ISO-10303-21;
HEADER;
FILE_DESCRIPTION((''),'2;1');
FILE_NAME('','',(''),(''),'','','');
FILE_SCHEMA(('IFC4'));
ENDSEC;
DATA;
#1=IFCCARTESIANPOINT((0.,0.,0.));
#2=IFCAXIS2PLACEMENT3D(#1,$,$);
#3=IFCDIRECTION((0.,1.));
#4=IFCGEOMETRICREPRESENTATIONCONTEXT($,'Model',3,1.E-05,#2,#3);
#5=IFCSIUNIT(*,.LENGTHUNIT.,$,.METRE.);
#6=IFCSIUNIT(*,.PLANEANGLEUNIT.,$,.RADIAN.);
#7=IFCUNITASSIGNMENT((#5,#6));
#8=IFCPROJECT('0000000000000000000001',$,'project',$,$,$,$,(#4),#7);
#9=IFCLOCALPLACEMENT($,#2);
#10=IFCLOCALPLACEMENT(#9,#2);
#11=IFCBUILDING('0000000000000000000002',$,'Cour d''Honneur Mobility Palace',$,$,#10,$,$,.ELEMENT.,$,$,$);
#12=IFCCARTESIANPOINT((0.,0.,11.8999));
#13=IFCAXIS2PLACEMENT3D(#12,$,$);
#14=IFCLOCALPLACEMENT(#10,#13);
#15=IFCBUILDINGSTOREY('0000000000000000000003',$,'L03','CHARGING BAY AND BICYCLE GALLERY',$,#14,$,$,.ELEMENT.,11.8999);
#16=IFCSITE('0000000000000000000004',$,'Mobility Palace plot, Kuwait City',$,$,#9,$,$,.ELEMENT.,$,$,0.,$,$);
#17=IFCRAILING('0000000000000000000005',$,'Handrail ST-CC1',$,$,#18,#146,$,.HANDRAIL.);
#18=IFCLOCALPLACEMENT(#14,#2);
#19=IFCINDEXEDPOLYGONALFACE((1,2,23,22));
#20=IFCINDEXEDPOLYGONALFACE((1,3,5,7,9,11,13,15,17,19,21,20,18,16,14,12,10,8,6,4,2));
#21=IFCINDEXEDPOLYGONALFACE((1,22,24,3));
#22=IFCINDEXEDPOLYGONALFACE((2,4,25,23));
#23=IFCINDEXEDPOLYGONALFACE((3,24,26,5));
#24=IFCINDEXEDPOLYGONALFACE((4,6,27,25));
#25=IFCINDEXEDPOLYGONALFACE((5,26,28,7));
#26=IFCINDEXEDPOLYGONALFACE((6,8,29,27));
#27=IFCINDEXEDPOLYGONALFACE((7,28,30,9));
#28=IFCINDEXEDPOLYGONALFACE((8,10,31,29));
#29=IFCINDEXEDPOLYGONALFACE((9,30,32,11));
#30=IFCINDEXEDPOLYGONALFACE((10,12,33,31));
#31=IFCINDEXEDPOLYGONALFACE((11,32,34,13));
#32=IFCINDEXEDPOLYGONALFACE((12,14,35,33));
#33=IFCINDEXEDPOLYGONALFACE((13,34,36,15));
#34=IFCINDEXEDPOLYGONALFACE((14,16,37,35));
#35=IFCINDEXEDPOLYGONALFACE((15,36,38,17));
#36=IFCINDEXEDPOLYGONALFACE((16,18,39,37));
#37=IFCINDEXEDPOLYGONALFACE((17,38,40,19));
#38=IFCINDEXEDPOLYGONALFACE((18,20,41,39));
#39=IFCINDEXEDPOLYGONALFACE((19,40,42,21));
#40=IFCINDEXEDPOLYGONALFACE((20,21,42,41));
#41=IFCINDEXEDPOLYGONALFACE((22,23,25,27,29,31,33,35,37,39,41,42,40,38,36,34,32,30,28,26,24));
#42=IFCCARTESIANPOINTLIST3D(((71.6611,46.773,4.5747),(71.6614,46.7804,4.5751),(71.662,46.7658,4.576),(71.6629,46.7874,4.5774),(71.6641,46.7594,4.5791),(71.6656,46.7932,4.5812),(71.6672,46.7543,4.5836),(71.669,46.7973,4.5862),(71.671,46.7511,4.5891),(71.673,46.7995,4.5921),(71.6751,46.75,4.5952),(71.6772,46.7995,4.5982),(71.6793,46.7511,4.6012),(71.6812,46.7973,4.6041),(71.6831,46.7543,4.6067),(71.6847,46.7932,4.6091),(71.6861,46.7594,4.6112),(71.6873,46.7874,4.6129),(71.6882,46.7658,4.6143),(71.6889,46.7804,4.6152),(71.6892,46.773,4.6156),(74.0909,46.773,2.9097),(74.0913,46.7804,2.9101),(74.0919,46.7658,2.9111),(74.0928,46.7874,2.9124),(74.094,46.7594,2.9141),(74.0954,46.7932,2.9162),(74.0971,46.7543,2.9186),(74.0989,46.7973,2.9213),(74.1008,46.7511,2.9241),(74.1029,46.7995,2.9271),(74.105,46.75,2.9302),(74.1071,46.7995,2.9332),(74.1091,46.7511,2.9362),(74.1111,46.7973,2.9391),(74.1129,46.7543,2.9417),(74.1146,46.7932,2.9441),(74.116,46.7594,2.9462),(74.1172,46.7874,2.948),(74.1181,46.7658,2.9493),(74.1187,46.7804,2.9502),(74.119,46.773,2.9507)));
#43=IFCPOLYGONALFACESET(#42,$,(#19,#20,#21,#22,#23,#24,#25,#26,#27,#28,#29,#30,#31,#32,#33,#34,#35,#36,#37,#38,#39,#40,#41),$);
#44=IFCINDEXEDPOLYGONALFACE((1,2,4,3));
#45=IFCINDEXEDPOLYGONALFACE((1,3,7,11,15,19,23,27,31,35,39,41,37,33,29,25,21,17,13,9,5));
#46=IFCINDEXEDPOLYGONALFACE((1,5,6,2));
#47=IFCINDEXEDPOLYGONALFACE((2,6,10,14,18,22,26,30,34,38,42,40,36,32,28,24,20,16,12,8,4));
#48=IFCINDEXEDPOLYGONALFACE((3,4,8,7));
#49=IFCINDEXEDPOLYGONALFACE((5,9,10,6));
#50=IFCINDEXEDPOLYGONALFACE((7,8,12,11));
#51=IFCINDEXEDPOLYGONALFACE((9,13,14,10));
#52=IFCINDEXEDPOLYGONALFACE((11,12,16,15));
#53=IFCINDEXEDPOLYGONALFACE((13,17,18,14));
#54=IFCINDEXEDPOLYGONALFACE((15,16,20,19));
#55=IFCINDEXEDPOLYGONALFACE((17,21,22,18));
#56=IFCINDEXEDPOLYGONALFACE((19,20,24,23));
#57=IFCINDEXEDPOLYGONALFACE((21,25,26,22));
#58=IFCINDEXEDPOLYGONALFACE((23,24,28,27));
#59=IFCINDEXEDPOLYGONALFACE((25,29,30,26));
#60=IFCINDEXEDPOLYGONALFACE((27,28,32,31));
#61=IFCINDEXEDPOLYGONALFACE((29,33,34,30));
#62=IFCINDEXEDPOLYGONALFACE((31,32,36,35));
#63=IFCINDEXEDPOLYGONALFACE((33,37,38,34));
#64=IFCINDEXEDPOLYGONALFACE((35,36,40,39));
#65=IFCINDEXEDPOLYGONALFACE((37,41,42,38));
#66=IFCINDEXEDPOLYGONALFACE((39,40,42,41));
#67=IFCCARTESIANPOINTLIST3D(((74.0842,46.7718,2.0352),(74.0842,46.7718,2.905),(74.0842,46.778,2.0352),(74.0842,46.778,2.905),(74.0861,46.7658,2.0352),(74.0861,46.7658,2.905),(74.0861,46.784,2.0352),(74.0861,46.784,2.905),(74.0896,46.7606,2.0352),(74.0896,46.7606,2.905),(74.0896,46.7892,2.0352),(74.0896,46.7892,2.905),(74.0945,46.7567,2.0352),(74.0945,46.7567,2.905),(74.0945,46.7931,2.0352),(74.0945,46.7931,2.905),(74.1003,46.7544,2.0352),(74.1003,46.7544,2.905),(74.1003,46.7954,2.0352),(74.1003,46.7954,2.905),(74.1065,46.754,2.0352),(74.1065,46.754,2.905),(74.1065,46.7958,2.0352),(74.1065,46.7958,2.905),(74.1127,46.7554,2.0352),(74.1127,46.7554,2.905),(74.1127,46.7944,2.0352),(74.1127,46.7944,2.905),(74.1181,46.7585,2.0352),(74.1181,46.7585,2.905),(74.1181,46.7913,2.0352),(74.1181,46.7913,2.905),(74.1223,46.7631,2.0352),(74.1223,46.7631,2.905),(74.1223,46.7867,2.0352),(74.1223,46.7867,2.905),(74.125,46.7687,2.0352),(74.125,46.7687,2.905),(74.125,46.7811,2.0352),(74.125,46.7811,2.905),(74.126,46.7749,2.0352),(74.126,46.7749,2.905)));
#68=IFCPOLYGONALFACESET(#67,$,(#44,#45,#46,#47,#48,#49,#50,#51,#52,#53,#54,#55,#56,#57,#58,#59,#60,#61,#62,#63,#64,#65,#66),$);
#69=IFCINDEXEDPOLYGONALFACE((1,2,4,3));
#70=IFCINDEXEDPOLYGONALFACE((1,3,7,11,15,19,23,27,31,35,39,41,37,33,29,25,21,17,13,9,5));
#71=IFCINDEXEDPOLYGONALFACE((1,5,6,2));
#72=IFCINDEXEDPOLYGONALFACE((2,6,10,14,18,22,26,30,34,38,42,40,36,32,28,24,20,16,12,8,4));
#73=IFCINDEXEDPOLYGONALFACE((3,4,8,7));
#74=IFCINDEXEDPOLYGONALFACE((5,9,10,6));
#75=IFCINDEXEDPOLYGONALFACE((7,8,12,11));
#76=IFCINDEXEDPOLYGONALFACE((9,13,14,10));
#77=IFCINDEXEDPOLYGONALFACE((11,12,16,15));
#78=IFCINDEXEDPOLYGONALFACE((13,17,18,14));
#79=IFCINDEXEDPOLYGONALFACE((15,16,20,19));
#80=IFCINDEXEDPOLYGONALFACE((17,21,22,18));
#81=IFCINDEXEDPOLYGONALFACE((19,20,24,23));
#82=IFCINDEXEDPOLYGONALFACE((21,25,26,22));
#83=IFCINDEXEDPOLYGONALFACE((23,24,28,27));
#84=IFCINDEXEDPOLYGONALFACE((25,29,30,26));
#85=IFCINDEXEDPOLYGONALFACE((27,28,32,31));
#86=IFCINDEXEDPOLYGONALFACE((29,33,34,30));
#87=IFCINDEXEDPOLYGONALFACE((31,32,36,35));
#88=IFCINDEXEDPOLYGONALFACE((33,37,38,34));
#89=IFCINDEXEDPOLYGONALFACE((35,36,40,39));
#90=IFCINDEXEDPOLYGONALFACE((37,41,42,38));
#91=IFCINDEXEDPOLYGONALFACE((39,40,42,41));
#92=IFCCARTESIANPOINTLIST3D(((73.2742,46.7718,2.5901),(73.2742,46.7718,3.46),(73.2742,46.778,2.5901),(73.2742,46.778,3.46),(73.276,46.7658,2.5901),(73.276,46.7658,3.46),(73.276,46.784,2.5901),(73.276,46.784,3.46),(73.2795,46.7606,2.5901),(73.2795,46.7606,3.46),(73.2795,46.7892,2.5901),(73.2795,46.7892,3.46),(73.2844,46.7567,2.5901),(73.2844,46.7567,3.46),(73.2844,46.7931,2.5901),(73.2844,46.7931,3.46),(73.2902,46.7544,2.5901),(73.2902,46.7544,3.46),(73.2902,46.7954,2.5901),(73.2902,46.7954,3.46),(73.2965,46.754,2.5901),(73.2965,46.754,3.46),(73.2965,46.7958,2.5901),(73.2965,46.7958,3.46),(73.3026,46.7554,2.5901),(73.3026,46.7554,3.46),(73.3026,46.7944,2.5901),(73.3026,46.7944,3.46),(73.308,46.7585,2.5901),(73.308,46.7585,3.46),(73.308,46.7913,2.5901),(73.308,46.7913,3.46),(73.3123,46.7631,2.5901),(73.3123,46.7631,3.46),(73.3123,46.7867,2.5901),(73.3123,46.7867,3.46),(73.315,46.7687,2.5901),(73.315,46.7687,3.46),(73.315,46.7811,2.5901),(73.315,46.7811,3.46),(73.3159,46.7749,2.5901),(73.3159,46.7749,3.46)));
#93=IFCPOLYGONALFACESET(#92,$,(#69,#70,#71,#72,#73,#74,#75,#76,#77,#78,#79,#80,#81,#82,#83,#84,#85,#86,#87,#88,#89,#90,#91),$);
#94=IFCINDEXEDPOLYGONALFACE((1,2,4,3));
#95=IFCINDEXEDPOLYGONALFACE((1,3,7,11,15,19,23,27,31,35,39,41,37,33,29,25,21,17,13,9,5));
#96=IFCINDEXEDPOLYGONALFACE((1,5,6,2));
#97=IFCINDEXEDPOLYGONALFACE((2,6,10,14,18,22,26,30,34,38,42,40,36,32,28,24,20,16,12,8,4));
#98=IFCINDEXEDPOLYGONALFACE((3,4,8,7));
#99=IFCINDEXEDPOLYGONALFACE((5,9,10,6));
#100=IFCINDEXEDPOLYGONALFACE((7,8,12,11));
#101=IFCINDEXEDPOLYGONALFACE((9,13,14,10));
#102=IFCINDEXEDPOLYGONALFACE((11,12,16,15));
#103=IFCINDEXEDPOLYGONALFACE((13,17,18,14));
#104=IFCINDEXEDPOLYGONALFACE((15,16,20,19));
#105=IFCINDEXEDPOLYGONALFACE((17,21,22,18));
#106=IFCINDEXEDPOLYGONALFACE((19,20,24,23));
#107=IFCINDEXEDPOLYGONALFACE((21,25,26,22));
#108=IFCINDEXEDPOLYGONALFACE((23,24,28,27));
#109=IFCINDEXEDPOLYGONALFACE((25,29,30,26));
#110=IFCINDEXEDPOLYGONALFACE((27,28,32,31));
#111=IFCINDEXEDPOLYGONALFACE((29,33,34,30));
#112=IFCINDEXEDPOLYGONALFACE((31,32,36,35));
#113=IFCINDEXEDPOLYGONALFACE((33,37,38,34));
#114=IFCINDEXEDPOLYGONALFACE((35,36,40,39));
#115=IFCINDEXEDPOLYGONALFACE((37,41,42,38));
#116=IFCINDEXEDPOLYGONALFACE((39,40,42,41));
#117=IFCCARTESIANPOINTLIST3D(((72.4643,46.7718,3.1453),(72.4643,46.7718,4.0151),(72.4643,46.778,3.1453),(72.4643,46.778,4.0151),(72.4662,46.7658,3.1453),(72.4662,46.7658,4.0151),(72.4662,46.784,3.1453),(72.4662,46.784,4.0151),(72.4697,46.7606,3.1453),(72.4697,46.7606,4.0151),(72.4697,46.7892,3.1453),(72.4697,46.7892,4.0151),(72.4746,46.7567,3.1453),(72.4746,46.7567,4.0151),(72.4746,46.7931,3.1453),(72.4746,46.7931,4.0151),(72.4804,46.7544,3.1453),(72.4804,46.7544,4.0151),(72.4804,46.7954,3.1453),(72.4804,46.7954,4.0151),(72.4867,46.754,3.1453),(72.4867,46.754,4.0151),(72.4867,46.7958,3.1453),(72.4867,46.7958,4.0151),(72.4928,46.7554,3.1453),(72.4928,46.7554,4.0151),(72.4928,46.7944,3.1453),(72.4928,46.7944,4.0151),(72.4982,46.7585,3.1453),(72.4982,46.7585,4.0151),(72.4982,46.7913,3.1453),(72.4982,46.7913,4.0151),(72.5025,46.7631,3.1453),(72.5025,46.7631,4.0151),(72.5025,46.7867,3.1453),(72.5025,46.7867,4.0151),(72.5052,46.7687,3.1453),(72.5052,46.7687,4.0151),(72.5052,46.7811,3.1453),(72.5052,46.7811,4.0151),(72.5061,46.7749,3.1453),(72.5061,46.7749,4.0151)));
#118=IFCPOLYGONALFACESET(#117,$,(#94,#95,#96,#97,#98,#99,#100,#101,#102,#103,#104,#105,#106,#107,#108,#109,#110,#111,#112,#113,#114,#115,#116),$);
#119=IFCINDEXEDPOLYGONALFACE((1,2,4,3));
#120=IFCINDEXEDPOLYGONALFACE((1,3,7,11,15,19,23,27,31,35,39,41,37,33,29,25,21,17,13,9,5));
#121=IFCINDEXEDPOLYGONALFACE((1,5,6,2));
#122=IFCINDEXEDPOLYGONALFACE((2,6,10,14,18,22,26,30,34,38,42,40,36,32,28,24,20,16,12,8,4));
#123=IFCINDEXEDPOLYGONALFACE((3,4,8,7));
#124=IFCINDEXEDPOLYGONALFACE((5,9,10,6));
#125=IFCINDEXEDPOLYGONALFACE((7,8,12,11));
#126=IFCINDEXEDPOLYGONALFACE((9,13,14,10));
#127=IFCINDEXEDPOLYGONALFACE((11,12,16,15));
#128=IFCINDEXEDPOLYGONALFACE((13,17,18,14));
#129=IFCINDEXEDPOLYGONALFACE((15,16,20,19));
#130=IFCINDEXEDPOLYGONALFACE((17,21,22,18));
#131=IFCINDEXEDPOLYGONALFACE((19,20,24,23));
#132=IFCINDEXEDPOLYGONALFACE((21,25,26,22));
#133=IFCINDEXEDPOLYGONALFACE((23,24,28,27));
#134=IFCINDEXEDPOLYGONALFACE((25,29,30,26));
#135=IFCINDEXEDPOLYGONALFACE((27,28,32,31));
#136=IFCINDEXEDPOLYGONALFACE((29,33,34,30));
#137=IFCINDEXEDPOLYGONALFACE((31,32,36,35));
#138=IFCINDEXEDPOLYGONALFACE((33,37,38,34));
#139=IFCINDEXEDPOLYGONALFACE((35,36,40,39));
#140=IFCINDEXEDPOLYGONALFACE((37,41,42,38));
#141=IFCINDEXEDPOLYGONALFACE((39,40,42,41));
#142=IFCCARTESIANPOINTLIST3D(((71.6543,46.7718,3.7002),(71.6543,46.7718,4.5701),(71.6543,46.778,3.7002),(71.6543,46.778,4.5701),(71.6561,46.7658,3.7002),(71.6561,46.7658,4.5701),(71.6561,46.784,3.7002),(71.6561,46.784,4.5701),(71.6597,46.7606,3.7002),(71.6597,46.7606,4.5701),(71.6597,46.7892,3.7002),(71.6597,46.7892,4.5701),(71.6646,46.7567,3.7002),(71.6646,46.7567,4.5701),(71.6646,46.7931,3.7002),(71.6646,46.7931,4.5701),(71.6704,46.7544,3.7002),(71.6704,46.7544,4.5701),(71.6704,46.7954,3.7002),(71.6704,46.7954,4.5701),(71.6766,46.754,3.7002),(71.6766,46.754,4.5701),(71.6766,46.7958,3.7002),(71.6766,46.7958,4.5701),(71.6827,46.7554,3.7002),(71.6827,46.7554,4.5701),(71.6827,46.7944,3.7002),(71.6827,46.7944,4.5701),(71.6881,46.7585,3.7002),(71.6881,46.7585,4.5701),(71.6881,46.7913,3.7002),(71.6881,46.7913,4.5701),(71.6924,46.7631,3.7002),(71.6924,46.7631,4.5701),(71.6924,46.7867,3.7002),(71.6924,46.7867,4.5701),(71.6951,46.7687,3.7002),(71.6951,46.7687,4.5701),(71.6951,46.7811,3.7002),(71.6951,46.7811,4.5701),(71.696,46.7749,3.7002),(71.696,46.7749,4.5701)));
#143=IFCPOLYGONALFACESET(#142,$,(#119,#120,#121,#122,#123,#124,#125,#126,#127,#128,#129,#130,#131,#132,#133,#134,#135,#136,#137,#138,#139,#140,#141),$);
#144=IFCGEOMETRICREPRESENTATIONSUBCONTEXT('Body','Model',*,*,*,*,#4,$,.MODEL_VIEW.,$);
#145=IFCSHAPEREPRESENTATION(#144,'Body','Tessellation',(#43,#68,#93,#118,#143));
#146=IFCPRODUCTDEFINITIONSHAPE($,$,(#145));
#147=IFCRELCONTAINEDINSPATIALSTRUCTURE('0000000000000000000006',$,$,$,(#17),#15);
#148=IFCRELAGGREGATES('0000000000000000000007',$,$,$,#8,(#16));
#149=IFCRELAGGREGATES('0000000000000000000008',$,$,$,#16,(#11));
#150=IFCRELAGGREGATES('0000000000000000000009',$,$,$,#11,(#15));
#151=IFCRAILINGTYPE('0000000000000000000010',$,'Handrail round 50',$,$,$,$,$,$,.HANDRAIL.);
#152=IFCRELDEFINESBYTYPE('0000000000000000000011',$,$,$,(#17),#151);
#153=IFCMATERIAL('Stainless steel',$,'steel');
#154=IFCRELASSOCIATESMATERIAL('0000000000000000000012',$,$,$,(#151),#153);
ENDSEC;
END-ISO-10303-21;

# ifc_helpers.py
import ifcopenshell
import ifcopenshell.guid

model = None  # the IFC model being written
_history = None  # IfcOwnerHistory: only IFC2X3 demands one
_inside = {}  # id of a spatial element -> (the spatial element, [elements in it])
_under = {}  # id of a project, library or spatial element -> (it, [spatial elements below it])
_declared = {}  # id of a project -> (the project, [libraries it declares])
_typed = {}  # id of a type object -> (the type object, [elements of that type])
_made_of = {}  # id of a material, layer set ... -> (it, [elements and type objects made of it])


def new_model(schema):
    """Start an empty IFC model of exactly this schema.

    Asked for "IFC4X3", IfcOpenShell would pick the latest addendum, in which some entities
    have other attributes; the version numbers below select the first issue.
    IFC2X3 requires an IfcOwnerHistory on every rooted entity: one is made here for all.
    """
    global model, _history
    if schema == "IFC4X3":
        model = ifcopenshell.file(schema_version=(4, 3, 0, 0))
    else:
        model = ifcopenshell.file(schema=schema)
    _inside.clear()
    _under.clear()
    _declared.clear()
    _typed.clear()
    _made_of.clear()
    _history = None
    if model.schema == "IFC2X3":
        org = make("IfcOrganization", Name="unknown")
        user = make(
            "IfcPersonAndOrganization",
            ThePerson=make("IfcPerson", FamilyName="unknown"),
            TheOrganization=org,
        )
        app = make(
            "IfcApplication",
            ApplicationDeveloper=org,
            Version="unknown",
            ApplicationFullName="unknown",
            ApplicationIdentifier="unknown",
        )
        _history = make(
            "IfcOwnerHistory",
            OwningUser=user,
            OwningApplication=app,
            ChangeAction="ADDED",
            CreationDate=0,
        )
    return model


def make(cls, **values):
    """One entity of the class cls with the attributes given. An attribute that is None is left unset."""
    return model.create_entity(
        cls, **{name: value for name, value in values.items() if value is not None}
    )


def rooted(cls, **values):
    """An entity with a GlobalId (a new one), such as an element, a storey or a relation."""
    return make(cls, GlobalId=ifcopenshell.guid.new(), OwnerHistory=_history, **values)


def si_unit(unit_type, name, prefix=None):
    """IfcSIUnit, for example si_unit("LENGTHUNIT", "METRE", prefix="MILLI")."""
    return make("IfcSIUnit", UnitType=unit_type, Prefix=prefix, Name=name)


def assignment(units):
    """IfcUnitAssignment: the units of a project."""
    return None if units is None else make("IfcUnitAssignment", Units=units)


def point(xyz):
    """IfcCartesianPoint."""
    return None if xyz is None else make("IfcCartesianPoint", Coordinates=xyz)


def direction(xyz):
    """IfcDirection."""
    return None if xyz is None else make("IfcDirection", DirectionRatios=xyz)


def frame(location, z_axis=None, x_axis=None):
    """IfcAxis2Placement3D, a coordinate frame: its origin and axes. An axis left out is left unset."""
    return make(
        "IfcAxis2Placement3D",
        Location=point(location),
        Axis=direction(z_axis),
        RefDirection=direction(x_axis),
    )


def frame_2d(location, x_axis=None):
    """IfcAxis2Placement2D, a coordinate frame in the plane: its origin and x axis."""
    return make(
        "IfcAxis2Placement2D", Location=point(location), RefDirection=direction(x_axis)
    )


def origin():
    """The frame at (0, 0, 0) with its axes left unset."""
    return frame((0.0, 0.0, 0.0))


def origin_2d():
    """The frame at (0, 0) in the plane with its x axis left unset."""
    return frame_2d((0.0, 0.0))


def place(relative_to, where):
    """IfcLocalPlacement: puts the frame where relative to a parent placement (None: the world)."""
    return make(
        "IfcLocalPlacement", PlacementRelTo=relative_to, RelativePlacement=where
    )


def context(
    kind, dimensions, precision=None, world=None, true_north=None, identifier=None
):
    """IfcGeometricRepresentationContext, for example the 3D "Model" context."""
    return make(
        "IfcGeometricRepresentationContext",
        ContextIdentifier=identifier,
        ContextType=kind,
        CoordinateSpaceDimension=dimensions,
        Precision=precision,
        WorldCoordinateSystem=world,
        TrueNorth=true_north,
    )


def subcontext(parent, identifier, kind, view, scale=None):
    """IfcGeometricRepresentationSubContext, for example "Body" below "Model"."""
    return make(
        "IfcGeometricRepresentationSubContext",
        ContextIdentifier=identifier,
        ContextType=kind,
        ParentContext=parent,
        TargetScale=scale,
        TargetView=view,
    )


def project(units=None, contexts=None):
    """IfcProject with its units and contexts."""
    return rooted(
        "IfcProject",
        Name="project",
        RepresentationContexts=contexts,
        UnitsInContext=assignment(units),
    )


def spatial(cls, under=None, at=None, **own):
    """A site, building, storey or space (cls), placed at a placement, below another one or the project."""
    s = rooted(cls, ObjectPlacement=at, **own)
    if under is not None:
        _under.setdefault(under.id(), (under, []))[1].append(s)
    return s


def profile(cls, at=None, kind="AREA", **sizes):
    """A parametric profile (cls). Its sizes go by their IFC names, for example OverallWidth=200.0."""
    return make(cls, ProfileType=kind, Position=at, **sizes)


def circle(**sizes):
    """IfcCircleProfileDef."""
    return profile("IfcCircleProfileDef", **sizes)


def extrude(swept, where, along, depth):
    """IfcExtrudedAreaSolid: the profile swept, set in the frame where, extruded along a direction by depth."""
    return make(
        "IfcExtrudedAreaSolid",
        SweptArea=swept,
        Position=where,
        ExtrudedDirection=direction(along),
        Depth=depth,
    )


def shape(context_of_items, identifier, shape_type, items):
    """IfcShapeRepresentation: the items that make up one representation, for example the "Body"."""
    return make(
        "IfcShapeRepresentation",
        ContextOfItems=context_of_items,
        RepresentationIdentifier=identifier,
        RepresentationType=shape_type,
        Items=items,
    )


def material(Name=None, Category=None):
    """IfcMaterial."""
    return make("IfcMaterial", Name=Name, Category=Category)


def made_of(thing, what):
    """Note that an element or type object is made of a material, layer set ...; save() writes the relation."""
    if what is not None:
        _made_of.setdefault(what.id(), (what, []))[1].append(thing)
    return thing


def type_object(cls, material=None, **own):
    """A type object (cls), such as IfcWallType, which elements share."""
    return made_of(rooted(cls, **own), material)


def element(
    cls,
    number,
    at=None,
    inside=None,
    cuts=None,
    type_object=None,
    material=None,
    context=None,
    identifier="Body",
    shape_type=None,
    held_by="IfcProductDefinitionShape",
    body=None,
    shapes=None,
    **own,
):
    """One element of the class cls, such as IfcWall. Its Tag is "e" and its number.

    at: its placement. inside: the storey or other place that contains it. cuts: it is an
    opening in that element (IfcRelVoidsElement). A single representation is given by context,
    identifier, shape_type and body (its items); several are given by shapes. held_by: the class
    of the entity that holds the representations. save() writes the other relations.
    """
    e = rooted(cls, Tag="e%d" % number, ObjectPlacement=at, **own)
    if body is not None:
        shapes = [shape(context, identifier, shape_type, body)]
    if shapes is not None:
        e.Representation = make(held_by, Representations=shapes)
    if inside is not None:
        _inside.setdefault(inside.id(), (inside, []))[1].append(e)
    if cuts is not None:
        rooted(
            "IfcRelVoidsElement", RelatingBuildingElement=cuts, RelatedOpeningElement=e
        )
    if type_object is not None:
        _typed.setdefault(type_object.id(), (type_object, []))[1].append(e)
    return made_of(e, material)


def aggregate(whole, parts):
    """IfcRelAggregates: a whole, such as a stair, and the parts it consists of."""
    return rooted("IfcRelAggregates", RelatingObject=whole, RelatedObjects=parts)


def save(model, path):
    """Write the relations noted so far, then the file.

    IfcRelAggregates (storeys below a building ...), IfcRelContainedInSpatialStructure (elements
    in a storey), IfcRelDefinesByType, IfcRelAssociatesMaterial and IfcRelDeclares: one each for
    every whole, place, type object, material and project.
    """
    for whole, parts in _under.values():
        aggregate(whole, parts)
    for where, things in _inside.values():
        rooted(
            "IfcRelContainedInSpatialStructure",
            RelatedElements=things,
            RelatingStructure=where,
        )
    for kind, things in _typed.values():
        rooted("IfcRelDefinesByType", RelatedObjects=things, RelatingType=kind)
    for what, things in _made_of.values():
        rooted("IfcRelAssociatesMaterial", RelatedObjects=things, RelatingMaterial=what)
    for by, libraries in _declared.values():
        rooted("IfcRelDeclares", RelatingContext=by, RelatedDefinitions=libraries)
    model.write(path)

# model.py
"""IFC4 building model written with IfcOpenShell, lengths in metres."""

from ifc_helpers import new_model, si_unit, direction, frame, origin, origin_2d, place, context, subcontext, project, spatial, circle, extrude, material, type_object, element, save


model = new_model("IFC4")

# Units and contexts
model_context = context("Model", 3, precision=1e-05, world=origin(), true_north=direction((0.0, 1.0)))
body_context = subcontext(model_context, "Body", "Model", "MODEL_VIEW")
ifc_project = project(units=[si_unit("LENGTHUNIT", "METRE"), si_unit("PLANEANGLEUNIT", "RADIAN")], contexts=[model_context])

# Site, building, storey
site_placement = place(None, origin())
site = spatial("IfcSite", under=ifc_project, at=site_placement, Name="Mobility Palace plot, Kuwait City", CompositionType="ELEMENT", RefElevation=0.0)
building_placement = place(site_placement, origin())
building = spatial("IfcBuilding", under=site, at=building_placement, Name="Cour d'Honneur Mobility Palace", CompositionType="ELEMENT")
storey_placement = place(building_placement, frame((0.0, 0.0, 11.8999)))
storey = spatial("IfcBuildingStorey", under=building, at=storey_placement, Name="L03", Description="CHARGING BAY AND BICYCLE GALLERY", CompositionType="ELEMENT", Elevation=11.8999)

# Railing
ifc_material_1 = material(Name="Stainless steel", Category="steel")
railing_type_1 = type_object("IfcRailingType", Name="Handrail round 50", PredefinedType="HANDRAIL", material=ifc_material_1)
for number, where, name in (
    (1, (74.105, 46.7749, 2.0352), "Handrail ST-CC1"),
):
    element("IfcRailing", number, at=place(storey_placement, frame(where)), inside=storey, type_object=railing_type_1, Name=name, PredefinedType="HANDRAIL", context=body_context, shape_type="SweptSolid", body=[
        extrude(circle(Radius=0.0249, at=origin_2d()), frame((0.0, 0.0, 0.895), z_axis=(-0.824919, 0.0, 0.565251), x_axis=(0.0, -1.0, 0.0)), (0.0, 0.0, 1.0), 2.9456),
        extrude(circle(Radius=0.021, at=origin_2d()), origin(), (0.0, 0.0, 1.0), 0.8699),
        extrude(circle(Radius=0.021, at=origin_2d()), frame((-0.8101, 0.0, 0.5549)), (0.0, 0.0, 1.0), 0.8699),
        extrude(circle(Radius=0.021, at=origin_2d()), frame((-1.6199, 0.0, 1.1101)), (0.0, 0.0, 1.0), 0.8699),
        extrude(circle(Radius=0.021, at=origin_2d()), frame((-2.4299, 0.0, 1.665)), (0.0, 0.0, 1.0), 0.8699),
    ])

save(model, "model.ifc")
